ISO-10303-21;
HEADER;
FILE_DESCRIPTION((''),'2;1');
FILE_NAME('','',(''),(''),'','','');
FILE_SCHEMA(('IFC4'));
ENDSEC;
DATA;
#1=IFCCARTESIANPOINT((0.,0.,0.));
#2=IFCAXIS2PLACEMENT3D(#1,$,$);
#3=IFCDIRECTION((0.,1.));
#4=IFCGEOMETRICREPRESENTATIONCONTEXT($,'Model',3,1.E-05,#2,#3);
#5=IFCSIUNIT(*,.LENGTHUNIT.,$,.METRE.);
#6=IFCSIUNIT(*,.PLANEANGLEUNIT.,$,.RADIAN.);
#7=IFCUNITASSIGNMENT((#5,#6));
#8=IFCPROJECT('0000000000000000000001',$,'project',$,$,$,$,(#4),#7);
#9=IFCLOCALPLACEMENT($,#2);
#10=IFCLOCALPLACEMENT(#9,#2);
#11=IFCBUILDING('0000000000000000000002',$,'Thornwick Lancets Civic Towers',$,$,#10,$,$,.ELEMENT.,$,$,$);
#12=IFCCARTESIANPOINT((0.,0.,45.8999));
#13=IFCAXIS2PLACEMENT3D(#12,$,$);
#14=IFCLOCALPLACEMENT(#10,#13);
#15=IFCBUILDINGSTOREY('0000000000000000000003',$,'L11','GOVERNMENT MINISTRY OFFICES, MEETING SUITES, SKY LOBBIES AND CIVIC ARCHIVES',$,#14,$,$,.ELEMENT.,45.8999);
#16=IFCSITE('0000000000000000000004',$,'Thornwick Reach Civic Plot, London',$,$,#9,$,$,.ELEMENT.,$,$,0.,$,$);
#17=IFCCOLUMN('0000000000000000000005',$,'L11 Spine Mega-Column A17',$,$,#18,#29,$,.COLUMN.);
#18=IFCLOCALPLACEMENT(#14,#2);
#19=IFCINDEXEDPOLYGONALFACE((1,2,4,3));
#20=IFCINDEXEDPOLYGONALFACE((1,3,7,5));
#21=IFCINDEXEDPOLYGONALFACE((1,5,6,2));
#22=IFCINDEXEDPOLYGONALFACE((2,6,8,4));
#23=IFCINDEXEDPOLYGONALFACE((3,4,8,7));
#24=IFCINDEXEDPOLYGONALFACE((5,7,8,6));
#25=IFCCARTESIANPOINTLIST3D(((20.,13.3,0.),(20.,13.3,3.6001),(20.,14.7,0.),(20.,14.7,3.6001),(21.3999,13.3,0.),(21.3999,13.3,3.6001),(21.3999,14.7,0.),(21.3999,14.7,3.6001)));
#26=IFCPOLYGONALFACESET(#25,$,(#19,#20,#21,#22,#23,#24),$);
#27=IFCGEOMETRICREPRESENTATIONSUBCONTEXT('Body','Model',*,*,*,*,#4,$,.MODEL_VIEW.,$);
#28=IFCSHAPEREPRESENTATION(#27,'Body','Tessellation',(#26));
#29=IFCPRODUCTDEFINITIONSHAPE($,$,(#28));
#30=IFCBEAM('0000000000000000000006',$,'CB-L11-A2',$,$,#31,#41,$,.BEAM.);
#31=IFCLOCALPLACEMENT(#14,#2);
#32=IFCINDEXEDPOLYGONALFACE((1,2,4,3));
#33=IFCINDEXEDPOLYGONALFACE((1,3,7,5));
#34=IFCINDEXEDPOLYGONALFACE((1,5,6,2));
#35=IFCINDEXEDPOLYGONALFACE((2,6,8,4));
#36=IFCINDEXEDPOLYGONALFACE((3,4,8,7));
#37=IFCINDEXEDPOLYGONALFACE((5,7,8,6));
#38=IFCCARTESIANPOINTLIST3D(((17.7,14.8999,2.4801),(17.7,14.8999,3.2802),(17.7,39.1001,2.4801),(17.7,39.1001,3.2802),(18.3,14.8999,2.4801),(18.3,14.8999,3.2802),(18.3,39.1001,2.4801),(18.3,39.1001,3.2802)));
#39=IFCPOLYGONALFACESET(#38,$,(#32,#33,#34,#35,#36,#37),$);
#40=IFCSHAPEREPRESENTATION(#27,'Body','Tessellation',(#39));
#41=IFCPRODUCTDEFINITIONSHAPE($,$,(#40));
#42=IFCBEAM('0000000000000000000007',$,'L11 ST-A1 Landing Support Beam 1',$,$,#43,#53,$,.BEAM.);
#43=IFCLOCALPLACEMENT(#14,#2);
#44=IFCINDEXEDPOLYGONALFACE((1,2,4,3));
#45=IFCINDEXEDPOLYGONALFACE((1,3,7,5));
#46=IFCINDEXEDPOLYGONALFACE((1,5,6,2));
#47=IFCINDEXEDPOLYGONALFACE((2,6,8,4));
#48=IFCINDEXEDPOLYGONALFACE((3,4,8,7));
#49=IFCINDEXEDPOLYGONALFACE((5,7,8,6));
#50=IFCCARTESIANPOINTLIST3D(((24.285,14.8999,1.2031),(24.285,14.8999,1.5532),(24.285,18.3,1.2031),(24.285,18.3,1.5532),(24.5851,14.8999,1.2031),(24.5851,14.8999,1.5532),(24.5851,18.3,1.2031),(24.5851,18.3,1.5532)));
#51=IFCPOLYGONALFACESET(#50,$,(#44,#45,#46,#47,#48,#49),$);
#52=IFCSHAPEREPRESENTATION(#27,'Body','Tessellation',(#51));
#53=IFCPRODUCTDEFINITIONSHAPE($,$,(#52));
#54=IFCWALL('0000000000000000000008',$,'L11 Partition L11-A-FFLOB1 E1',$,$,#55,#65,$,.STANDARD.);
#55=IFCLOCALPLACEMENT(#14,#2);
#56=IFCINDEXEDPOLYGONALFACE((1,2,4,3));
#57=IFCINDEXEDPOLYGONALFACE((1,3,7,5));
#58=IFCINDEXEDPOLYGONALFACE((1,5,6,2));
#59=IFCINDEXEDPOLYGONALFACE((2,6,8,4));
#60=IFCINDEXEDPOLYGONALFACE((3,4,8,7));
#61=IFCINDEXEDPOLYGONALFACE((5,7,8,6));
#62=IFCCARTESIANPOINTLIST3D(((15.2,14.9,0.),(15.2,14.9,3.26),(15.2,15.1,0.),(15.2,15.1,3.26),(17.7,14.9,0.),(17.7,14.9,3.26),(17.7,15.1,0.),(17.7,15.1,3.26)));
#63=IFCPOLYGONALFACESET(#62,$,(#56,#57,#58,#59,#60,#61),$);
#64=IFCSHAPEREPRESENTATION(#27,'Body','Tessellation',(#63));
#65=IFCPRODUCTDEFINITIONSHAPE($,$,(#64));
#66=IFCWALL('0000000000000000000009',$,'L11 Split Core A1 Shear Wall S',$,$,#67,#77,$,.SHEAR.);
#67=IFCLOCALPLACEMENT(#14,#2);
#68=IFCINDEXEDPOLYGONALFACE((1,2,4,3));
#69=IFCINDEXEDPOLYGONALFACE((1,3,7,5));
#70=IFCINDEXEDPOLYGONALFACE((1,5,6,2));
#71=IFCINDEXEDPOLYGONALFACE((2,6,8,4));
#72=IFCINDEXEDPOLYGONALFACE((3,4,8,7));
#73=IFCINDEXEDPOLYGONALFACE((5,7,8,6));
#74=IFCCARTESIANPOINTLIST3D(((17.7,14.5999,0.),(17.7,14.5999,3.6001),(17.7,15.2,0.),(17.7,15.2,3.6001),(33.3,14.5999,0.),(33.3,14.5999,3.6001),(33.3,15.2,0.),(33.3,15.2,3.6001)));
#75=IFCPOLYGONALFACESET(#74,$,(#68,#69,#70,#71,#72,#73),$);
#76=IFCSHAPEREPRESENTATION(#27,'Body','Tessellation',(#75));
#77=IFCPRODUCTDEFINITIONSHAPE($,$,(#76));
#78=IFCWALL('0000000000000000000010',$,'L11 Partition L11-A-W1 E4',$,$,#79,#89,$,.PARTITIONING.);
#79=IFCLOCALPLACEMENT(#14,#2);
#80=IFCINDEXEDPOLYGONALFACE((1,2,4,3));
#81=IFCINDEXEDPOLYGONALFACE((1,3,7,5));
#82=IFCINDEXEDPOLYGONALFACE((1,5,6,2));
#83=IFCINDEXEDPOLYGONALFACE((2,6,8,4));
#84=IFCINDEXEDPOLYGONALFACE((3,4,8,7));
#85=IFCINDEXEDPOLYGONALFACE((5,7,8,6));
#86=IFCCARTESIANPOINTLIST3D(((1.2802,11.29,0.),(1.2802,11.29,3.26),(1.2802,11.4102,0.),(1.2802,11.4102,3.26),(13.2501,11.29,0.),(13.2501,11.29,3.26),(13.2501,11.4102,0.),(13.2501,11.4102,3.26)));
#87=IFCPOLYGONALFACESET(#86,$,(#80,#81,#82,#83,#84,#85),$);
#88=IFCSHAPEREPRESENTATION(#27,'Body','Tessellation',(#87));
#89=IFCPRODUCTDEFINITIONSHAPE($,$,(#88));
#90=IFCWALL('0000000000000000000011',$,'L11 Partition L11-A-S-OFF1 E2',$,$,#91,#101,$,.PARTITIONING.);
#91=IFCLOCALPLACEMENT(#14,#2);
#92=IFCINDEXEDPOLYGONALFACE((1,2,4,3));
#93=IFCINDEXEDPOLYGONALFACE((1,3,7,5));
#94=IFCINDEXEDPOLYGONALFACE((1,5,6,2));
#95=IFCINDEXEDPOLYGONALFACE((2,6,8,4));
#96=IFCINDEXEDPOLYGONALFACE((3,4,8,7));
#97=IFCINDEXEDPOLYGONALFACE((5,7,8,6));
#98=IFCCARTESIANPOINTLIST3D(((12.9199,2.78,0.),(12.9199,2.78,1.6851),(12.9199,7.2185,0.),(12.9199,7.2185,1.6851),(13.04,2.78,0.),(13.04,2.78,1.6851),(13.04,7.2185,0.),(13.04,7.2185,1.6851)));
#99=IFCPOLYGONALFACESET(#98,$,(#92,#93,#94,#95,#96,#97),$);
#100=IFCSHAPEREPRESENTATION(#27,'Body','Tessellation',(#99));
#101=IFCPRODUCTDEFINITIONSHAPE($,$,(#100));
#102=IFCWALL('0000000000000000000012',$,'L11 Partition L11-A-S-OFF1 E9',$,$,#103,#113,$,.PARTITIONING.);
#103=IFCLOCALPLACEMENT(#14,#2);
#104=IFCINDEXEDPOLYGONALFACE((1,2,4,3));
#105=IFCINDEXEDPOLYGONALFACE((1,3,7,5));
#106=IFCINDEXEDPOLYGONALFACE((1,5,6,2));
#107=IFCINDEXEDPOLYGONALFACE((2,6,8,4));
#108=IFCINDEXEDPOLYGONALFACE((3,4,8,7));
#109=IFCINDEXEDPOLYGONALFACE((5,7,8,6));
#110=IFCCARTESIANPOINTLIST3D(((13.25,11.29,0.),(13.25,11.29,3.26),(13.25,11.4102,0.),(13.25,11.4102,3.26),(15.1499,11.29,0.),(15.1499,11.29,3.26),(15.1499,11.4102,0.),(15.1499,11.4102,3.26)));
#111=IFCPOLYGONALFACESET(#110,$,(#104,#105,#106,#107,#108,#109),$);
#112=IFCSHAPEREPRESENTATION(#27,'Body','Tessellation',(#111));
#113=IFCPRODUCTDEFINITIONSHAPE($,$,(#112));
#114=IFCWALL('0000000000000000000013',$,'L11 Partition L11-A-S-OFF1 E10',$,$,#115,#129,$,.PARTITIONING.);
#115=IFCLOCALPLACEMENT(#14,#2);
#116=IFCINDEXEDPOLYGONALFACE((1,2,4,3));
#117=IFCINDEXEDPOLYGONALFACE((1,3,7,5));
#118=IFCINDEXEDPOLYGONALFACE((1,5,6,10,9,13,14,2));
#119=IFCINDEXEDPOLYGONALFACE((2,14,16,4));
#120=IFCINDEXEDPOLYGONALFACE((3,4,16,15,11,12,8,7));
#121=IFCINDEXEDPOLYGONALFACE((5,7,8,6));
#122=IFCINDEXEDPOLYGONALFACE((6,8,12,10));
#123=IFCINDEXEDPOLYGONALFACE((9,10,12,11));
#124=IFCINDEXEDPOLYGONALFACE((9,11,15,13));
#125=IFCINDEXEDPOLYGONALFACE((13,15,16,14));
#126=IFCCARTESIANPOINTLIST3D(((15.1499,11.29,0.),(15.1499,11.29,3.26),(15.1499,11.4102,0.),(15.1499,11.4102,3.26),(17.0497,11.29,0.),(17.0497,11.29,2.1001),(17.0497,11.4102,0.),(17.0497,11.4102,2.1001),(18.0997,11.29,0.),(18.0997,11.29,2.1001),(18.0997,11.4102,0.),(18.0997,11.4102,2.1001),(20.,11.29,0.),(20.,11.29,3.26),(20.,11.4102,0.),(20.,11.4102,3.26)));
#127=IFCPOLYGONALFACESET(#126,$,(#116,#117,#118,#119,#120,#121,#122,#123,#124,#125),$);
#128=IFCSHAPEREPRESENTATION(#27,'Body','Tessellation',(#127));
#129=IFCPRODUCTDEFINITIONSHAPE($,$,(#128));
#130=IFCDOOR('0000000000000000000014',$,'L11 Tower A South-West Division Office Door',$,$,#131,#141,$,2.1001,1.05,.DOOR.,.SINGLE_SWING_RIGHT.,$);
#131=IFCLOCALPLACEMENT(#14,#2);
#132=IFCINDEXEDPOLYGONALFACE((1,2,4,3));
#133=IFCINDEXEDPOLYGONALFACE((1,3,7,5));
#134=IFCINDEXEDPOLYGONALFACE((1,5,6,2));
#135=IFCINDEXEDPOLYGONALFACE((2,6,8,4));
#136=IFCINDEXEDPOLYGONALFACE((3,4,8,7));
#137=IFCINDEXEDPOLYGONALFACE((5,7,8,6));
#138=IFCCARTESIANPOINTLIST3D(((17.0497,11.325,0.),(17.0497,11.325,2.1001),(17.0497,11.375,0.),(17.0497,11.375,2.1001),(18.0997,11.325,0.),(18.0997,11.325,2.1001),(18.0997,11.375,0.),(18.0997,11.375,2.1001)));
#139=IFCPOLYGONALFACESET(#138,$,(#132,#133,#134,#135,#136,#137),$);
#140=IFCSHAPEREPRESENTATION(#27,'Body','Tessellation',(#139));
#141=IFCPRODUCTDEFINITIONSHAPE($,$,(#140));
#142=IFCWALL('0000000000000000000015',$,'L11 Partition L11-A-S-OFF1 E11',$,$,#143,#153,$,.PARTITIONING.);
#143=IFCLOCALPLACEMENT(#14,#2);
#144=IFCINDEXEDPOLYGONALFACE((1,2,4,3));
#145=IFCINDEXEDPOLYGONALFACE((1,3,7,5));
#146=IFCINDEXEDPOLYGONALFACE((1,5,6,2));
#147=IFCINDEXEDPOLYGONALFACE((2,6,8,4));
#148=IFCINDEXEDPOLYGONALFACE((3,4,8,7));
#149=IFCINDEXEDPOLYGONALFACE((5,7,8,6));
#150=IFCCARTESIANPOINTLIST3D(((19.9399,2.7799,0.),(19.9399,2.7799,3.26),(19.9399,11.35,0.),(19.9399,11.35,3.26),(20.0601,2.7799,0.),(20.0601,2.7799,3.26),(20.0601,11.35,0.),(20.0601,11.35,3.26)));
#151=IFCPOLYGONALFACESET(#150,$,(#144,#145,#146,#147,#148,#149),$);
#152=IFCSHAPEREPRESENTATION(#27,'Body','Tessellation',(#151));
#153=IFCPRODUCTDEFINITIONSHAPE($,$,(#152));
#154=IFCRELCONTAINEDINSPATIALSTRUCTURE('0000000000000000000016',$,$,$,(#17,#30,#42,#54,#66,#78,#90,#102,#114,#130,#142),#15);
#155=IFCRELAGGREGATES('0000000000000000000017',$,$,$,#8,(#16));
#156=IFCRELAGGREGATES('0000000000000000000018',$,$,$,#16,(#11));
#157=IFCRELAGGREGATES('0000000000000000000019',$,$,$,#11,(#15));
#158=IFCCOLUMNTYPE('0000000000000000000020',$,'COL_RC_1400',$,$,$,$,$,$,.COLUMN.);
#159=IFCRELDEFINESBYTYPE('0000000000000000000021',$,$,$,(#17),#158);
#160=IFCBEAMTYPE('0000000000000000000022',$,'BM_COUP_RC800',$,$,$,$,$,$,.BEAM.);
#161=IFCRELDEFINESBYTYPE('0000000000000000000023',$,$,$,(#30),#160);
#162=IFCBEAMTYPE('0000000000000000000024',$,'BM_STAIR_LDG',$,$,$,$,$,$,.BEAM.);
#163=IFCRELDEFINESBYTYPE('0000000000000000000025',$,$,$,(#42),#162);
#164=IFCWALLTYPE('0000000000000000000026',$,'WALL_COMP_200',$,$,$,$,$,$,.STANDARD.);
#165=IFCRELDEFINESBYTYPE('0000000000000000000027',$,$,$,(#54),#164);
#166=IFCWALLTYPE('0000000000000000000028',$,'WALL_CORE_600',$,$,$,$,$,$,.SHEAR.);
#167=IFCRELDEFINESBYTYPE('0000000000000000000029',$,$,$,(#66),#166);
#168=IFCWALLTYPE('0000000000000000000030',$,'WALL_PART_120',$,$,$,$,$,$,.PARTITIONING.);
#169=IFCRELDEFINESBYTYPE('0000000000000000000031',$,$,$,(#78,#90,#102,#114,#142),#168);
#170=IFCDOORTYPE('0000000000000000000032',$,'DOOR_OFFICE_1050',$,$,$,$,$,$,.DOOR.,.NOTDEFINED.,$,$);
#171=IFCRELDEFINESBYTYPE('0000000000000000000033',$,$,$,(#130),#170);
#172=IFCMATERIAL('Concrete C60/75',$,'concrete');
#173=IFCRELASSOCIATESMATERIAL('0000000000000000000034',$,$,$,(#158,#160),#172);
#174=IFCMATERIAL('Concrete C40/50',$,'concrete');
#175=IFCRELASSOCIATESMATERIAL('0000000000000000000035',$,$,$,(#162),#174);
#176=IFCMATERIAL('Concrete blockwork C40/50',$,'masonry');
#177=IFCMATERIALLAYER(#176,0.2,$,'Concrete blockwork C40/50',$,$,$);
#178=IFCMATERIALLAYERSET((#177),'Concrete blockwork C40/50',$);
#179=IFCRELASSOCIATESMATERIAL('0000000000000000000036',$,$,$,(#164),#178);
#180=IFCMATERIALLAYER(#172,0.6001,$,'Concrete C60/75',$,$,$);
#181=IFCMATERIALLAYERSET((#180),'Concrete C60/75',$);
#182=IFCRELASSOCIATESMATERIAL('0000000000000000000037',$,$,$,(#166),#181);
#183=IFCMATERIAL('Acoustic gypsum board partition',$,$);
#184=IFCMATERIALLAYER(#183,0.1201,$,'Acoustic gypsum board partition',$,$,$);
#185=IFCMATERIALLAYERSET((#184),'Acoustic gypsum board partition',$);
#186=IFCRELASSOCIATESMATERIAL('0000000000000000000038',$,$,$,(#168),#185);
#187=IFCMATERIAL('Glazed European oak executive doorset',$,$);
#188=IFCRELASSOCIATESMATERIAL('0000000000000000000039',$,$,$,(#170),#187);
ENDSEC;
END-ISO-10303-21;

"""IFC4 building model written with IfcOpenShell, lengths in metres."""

from ifc_helpers import new_model, si_unit, direction, frame, frame_2d, origin, origin_2d, place, context, subcontext, project, spatial, rectangle, extrude, material, layer, layer_set, material_profile, profile_set, type_object, element, fill, save


model = new_model("IFC4")

# Units and contexts
model_context = context("Model", 3, precision=1e-05, world=origin(), true_north=direction((0.0, 1.0)))
body_context = subcontext(model_context, "Body", "Model", "MODEL_VIEW")
ifc_project = project(units=[si_unit("LENGTHUNIT", "METRE"), si_unit("PLANEANGLEUNIT", "RADIAN")], contexts=[model_context])

# Site, building, storey
site_placement = place(None, origin())
site = spatial("IfcSite", under=ifc_project, at=site_placement, Name="Thornwick Reach Civic Plot, London", CompositionType="ELEMENT", RefElevation=0.0)
building_placement = place(site_placement, origin())
building = spatial("IfcBuilding", under=site, at=building_placement, Name="Thornwick Lancets Civic Towers", CompositionType="ELEMENT")
storey_placement = place(building_placement, frame((0.0, 0.0, 45.8999)))
storey = spatial("IfcBuildingStorey", under=building, at=storey_placement, Name="L11", Description="GOVERNMENT MINISTRY OFFICES, MEETING SUITES, SKY LOBBIES AND CIVIC ARCHIVES", CompositionType="ELEMENT", Elevation=45.8999)

# Column
ifc_material_1 = material(Name="Concrete C60/75", Category="concrete")
ifc_material_profile_1 = material_profile(ifc_material_1, rectangle(XDim=1.3999, YDim=1.3999, at=origin_2d()), Name="RC 1400x1400")
ifc_profile_set_1 = profile_set([ifc_material_profile_1], Name="Concrete C60/75")
column_type = type_object("IfcColumnType", Name="COL_RC_1400", PredefinedType="COLUMN", material=ifc_profile_set_1)
column_placement = place(storey_placement, frame((20.7, 14.0, 0.0), z_axis=(0.0, 0.0, 1.0), x_axis=(1.0, 0.0, 0.0)))
element("IfcColumn", 1, at=column_placement, inside=storey, type_object=column_type, Name="L11 Spine Mega-Column A17", PredefinedType="COLUMN", context=body_context, shape_type="SweptSolid", body=[
    extrude(rectangle(XDim=1.3999, YDim=1.3999, at=origin_2d()), origin(), (0.0, 0.0, 1.0), 3.6001),
])

# Beams
ifc_material_profile_2 = material_profile(ifc_material_1, rectangle(XDim=0.6001, YDim=0.8, at=origin_2d()), Name="RC 600x800")
ifc_profile_set_2 = profile_set([ifc_material_profile_2], Name="Concrete C60/75")
beam_type_1 = type_object("IfcBeamType", Name="BM_COUP_RC800", PredefinedType="BEAM", material=ifc_profile_set_2)
beam_1_placement = place(storey_placement, frame((18.0, 14.8999, 2.8801), z_axis=(0.0, 1.0, 0.0), x_axis=(-1.0, 0.0, 0.0)))
element("IfcBeam", 2, at=beam_1_placement, inside=storey, type_object=beam_type_1, Name="CB-L11-A2", PredefinedType="BEAM", context=body_context, shape_type="SweptSolid", body=[
    extrude(rectangle(XDim=0.6001, YDim=0.8, at=origin_2d()), origin(), (0.0, 0.0, 1.0), 24.2002),
])
ifc_material_2 = material(Name="Concrete C40/50", Category="concrete")
ifc_material_profile_3 = material_profile(ifc_material_2, rectangle(XDim=0.3, YDim=0.3501, at=origin_2d()), Name="RC 300x350")
ifc_profile_set_3 = profile_set([ifc_material_profile_3], Name="Concrete C40/50")
beam_type_2 = type_object("IfcBeamType", Name="BM_STAIR_LDG", PredefinedType="BEAM", material=ifc_profile_set_3)
beam_2_placement = place(storey_placement, frame((24.4351, 14.8999, 1.3782), z_axis=(0.0, 1.0, 0.0), x_axis=(-1.0, 0.0, 0.0)))
element("IfcBeam", 3, at=beam_2_placement, inside=storey, type_object=beam_type_2, Name="L11 ST-A1 Landing Support Beam 1", PredefinedType="BEAM", context=body_context, shape_type="SweptSolid", body=[
    extrude(rectangle(XDim=0.3, YDim=0.3501, at=origin_2d()), origin(), (0.0, 0.0, 1.0), 3.4001),
])

# Walls
ifc_material_3 = material(Name="Concrete blockwork C40/50", Category="masonry")
ifc_layer_1 = layer(ifc_material_3, 0.2, Name="Concrete blockwork C40/50")
ifc_layer_set_1 = layer_set([ifc_layer_1], Name="Concrete blockwork C40/50")
wall_type_1 = type_object("IfcWallType", Name="WALL_COMP_200", PredefinedType="STANDARD", material=ifc_layer_set_1)
wall_1_placement = place(storey_placement, frame((15.2, 15.0, 0.0), z_axis=(0.0, 0.0, 1.0), x_axis=(1.0, 0.0, 0.0)))
element("IfcWall", 4, at=wall_1_placement, inside=storey, type_object=wall_type_1, Name="L11 Partition L11-A-FFLOB1 E1", PredefinedType="STANDARD", context=body_context, shape_type="SweptSolid", body=[
    extrude(rectangle(XDim=2.5, YDim=0.2, at=frame_2d((1.25, 0.0))), origin(), (0.0, 0.0, 1.0), 3.26),
])
ifc_layer_2 = layer(ifc_material_1, 0.6001, Name="Concrete C60/75")
ifc_layer_set_2 = layer_set([ifc_layer_2], Name="Concrete C60/75")
wall_type_2 = type_object("IfcWallType", Name="WALL_CORE_600", PredefinedType="SHEAR", material=ifc_layer_set_2)
wall_2_placement = place(storey_placement, frame((17.7, 14.8999, 0.0), z_axis=(0.0, 0.0, 1.0), x_axis=(1.0, 0.0, 0.0)))
element("IfcWall", 5, at=wall_2_placement, inside=storey, type_object=wall_type_2, Name="L11 Split Core A1 Shear Wall S", PredefinedType="SHEAR", context=body_context, shape_type="SweptSolid", body=[
    extrude(rectangle(XDim=15.6001, YDim=0.6001, at=frame_2d((7.8, 0.0))), origin(), (0.0, 0.0, 1.0), 3.6001),
])
ifc_material_4 = material(Name="Acoustic gypsum board partition")
ifc_layer_3 = layer(ifc_material_4, 0.1201, Name="Acoustic gypsum board partition")
ifc_layer_set_3 = layer_set([ifc_layer_3], Name="Acoustic gypsum board partition")
wall_type_3 = type_object("IfcWallType", Name="WALL_PART_120", PredefinedType="PARTITIONING", material=ifc_layer_set_3)
wall_3_placement = place(storey_placement, frame((13.25, 11.3501, 0.0), z_axis=(0.0, 0.0, 1.0), x_axis=(-1.0, 0.0, 0.0)))
element("IfcWall", 6, at=wall_3_placement, inside=storey, type_object=wall_type_3, Name="L11 Partition L11-A-W1 E4", PredefinedType="PARTITIONING", context=body_context, shape_type="SweptSolid", body=[
    extrude(rectangle(XDim=11.97, YDim=0.1201, at=frame_2d((5.9849, 0.0))), origin(), (0.0, 0.0, 1.0), 3.26),
])
wall_4_placement = place(storey_placement, frame((12.98, 2.78, 0.0), z_axis=(0.0, 0.0, 1.0), x_axis=(0.0, 1.0, 0.0)))
element("IfcWall", 7, at=wall_4_placement, inside=storey, type_object=wall_type_3, Name="L11 Partition L11-A-S-OFF1 E2", PredefinedType="PARTITIONING", context=body_context, shape_type="SweptSolid", body=[
    extrude(rectangle(XDim=4.4385, YDim=0.1201, at=frame_2d((2.2192, 0.0))), origin(), (0.0, 0.0, 1.0), 1.6851),
])
wall_5_placement = place(storey_placement, frame((13.25, 11.3501, 0.0), z_axis=(0.0, 0.0, 1.0), x_axis=(1.0, 0.0, 0.0)))
element("IfcWall", 8, at=wall_5_placement, inside=storey, type_object=wall_type_3, Name="L11 Partition L11-A-S-OFF1 E9", PredefinedType="PARTITIONING", context=body_context, shape_type="SweptSolid", body=[
    extrude(rectangle(XDim=1.8999, YDim=0.1201, at=frame_2d((0.95, 0.0))), origin(), (0.0, 0.0, 1.0), 3.26),
])

# Wall, opening, door
wall_6_placement = place(storey_placement, frame((15.1499, 11.3501, 0.0), z_axis=(0.0, 0.0, 1.0), x_axis=(1.0, 0.0, 0.0)))
wall_6 = element("IfcWall", 9, at=wall_6_placement, inside=storey, type_object=wall_type_3, Name="L11 Partition L11-A-S-OFF1 E10", PredefinedType="PARTITIONING", context=body_context, shape_type="SweptSolid", body=[
    extrude(rectangle(XDim=4.8501, YDim=0.1201, at=frame_2d((2.425, 0.0))), origin(), (0.0, 0.0, 1.0), 3.26),
])
opening_1_placement = place(wall_6_placement, frame((1.8999, 0.0, 0.0)))
opening_1 = element("IfcOpeningElement", 10, at=opening_1_placement, cuts=wall_6, PredefinedType="OPENING", context=body_context, shape_type="SweptSolid", body=[
    extrude(rectangle(XDim=1.05, YDim=2.1001, at=frame_2d((0.5249, 1.05))), frame((0.0, 0.0701, 0.0), z_axis=(0.0, -1.0, 0.0), x_axis=(1.0, 0.0, 0.0)), (0.0, 0.0, 1.0), 0.1401),
])
ifc_material_5 = material(Name="Glazed European oak executive doorset")
door_type_1 = type_object("IfcDoorType", Name="DOOR_OFFICE_1050", OperationType="NOTDEFINED", PredefinedType="DOOR", material=ifc_material_5)
door_1_placement = place(opening_1_placement, origin())
door_1 = element("IfcDoor", 11, at=door_1_placement, inside=storey, type_object=door_type_1, Name="L11 Tower A South-West Division Office Door", OperationType="SINGLE_SWING_RIGHT", OverallHeight=2.1001, OverallWidth=1.05, PredefinedType="DOOR", context=body_context, shape_type="SweptSolid", body=[
    extrude(rectangle(XDim=1.05, YDim=2.1001, at=frame_2d((0.5249, 1.05))), frame((0.0, 0.0249, 0.0), z_axis=(0.0, -1.0, 0.0), x_axis=(1.0, 0.0, 0.0)), (0.0, 0.0, 1.0), 0.05),
])
fill(opening_1, door_1)

# Wall
wall_7_placement = place(storey_placement, frame((20.0, 11.3501, 0.0), z_axis=(0.0, 0.0, 1.0), x_axis=(0.0, -1.0, 0.0)))
element("IfcWall", 12, at=wall_7_placement, inside=storey, type_object=wall_type_3, Name="L11 Partition L11-A-S-OFF1 E11", PredefinedType="PARTITIONING", context=body_context, shape_type="SweptSolid", body=[
    extrude(rectangle(XDim=8.5701, YDim=0.1201, at=frame_2d((4.2852, 0.0))), origin(), (0.0, 0.0, 1.0), 3.26),
])

save(model, "model.ifc")
